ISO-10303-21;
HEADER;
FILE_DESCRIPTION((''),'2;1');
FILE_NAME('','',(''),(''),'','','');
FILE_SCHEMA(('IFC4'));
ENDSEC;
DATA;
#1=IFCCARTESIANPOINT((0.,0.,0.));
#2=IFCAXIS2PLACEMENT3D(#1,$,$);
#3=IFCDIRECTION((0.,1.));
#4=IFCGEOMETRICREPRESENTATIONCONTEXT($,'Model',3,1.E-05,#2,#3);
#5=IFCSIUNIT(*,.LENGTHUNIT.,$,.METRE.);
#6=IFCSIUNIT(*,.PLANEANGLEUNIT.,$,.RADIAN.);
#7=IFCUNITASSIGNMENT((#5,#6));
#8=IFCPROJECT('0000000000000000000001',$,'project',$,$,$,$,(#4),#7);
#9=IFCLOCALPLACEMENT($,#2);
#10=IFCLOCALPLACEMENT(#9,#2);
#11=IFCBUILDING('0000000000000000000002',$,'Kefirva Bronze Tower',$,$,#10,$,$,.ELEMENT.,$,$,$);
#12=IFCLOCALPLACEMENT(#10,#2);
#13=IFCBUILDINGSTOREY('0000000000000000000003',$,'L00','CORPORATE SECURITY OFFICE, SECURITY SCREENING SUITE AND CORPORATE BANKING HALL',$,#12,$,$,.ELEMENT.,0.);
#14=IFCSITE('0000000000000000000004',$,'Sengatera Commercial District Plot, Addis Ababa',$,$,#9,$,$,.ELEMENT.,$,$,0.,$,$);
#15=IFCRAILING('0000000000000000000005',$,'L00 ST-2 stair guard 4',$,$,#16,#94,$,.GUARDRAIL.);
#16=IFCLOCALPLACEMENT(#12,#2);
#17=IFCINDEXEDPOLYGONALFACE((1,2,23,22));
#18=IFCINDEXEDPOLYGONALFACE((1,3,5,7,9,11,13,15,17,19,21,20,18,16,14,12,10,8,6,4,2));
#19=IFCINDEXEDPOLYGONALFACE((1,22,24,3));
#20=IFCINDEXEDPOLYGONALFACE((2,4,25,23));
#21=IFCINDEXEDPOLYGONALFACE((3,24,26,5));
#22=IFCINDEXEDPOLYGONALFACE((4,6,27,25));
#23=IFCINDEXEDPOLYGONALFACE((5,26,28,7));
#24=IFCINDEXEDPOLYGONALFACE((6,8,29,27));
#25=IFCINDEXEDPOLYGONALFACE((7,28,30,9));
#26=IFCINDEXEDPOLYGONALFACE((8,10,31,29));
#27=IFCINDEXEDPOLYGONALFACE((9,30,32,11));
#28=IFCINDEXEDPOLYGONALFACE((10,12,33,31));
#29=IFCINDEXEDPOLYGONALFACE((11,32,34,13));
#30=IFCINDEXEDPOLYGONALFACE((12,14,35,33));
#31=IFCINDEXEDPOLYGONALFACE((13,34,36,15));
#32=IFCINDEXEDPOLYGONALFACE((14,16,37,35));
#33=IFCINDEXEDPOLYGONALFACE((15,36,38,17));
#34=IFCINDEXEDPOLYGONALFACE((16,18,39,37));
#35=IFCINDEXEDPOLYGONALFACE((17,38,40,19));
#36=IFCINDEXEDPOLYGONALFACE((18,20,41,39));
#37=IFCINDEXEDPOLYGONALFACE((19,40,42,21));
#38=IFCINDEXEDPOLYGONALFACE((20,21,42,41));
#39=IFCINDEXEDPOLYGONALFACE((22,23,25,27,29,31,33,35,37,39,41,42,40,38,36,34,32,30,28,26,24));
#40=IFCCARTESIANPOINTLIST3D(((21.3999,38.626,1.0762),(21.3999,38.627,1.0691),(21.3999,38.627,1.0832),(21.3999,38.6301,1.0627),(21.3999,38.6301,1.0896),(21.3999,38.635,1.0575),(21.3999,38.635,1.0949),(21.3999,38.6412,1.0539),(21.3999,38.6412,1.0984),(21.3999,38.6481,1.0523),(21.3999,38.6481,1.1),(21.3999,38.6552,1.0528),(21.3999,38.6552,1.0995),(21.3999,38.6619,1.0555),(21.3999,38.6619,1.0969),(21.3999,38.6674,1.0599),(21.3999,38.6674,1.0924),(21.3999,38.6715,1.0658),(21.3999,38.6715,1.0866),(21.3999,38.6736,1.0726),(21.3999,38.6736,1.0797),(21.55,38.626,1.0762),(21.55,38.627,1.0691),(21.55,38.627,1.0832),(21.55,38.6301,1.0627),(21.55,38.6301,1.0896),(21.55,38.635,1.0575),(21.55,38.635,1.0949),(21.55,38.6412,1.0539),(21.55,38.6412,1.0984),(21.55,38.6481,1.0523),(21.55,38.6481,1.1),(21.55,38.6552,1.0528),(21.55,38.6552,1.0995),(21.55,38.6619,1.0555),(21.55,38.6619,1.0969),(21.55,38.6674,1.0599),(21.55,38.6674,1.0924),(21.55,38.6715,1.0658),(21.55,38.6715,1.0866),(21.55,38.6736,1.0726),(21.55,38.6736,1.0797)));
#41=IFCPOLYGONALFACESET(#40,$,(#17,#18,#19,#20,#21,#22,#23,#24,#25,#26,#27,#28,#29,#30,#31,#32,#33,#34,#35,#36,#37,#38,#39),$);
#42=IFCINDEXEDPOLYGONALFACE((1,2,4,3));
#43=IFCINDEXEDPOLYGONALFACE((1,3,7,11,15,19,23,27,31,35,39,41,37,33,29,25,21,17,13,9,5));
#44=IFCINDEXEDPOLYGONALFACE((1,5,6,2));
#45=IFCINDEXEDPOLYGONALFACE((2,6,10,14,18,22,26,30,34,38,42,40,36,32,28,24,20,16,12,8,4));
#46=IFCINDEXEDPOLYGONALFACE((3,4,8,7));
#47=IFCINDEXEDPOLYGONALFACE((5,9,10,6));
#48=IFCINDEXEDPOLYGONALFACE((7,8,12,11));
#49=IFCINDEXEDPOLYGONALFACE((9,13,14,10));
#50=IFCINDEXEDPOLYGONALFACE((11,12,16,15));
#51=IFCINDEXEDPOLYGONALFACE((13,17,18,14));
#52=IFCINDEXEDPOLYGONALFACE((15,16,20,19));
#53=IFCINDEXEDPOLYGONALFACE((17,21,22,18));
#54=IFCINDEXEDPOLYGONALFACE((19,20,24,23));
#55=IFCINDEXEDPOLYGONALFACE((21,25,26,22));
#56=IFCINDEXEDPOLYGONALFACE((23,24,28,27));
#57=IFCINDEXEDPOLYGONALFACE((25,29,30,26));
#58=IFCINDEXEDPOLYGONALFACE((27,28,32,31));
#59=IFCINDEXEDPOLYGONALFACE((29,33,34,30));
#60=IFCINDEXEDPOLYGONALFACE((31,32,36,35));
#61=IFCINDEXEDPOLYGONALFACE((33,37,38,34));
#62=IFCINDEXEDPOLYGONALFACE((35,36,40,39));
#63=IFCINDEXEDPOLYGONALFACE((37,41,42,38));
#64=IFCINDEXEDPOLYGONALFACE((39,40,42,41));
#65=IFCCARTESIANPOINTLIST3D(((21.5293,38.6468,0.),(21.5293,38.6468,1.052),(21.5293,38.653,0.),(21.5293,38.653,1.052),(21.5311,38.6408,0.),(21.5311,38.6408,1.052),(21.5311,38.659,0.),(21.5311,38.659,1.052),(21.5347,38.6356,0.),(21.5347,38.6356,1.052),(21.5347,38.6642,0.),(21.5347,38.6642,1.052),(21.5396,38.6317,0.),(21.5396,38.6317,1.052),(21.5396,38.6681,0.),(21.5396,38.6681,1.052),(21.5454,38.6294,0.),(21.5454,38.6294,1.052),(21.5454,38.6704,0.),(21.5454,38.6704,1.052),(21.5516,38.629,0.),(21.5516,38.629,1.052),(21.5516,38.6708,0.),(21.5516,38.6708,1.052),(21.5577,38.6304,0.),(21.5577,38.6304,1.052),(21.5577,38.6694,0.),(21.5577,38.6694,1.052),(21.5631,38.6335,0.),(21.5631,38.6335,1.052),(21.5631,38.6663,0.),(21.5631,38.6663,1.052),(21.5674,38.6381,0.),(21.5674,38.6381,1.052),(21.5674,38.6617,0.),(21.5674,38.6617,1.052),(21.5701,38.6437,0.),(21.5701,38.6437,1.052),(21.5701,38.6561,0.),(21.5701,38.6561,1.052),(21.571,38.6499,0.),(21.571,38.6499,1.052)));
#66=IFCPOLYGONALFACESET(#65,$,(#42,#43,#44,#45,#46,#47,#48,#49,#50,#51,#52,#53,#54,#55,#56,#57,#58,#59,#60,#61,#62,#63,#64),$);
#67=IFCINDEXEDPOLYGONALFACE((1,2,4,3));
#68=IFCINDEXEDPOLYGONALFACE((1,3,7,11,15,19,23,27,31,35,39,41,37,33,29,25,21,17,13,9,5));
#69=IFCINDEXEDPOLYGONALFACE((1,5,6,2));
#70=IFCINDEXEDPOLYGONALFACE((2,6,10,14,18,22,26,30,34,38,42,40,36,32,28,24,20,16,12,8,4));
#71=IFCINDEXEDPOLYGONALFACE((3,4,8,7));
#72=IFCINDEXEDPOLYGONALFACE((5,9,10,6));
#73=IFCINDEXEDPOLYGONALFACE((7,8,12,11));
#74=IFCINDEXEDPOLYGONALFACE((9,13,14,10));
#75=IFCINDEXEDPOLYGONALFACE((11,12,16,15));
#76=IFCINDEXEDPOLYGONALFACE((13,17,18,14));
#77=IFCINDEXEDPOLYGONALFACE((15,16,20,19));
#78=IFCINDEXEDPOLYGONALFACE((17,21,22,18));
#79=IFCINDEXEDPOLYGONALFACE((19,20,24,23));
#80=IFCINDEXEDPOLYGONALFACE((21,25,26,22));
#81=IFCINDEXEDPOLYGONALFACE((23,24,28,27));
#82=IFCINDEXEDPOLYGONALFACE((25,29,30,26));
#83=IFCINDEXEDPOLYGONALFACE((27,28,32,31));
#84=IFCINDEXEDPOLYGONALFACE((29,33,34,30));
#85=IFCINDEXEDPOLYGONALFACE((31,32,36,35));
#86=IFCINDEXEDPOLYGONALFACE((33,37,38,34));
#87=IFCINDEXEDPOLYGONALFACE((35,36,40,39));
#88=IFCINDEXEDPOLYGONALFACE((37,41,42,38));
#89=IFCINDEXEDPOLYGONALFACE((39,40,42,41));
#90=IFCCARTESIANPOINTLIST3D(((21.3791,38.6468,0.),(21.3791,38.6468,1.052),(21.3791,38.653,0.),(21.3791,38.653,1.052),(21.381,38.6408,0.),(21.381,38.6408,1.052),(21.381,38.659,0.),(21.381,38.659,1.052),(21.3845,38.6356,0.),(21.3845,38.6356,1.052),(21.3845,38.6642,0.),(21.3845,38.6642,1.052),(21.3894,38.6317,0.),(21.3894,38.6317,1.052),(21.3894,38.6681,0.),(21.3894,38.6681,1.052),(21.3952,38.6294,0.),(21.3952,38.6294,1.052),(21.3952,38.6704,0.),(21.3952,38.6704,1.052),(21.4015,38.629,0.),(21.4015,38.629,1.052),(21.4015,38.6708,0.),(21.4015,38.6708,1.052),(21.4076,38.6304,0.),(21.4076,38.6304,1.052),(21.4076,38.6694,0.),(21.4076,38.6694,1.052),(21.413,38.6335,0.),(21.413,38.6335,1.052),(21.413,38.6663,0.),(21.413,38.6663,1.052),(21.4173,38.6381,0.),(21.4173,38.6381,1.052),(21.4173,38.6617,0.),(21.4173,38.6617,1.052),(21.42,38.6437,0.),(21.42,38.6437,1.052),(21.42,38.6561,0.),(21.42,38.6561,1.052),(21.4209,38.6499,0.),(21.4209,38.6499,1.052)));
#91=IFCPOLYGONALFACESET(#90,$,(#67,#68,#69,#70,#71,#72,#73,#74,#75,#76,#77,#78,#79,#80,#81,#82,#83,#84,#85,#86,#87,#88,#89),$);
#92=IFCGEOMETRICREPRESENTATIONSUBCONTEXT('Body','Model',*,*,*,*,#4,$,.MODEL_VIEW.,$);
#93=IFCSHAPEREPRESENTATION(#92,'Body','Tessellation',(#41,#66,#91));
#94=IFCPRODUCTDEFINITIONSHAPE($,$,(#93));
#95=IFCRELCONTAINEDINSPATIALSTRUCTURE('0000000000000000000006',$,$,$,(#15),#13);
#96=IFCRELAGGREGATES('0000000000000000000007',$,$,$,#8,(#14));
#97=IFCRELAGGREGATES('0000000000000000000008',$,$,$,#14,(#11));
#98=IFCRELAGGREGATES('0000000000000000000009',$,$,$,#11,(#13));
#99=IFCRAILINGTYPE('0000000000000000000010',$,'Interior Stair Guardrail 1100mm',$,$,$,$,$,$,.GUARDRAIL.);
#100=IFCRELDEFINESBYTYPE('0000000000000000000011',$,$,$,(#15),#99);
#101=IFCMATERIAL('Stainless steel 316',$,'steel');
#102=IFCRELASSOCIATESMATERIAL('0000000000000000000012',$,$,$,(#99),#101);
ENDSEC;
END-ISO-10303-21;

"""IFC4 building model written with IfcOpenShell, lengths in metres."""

from ifc_helpers import new_model, si_unit, direction, frame, origin, origin_2d, place, context, subcontext, project, spatial, circle, extrude, material, type_object, element, save


model = new_model("IFC4")

# Units and contexts
model_context = context("Model", 3, precision=1e-05, world=origin(), true_north=direction((0.0, 1.0)))
body_context = subcontext(model_context, "Body", "Model", "MODEL_VIEW")
ifc_project = project(units=[si_unit("LENGTHUNIT", "METRE"), si_unit("PLANEANGLEUNIT", "RADIAN")], contexts=[model_context])

# Site, building, storey
site_placement = place(None, origin())
site = spatial("IfcSite", under=ifc_project, at=site_placement, Name="Sengatera Commercial District Plot, Addis Ababa", CompositionType="ELEMENT", RefElevation=0.0)
building_placement = place(site_placement, origin())
building = spatial("IfcBuilding", under=site, at=building_placement, Name="Kefirva Bronze Tower", CompositionType="ELEMENT")
storey_placement = place(building_placement, origin())
storey = spatial("IfcBuildingStorey", under=building, at=storey_placement, Name="L00", Description="CORPORATE SECURITY OFFICE, SECURITY SCREENING SUITE AND CORPORATE BANKING HALL", CompositionType="ELEMENT", Elevation=0.0)

# Railing
ifc_material_1 = material(Name="Stainless steel 316", Category="steel")
railing_type_1 = type_object("IfcRailingType", Name="Interior Stair Guardrail 1100mm", PredefinedType="GUARDRAIL", material=ifc_material_1)
railing_1_placement = place(storey_placement, frame((21.55, 38.6499, 0.0)))
element("IfcRailing", 1, at=railing_1_placement, inside=storey, type_object=railing_type_1, Name="L00 ST-2 stair guard 4", PredefinedType="GUARDRAIL", context=body_context, shape_type="SweptSolid", body=[
    extrude(circle(Radius=0.0239, at=origin_2d()), frame((0.0, 0.0, 1.0762), z_axis=(-1.0, 0.0, 0.0), x_axis=(0.0, -1.0, 0.0)), (0.0, 0.0, 1.0), 0.1501),
    extrude(circle(Radius=0.021, at=origin_2d()), origin(), (0.0, 0.0, 1.0), 1.052),
    extrude(circle(Radius=0.021, at=origin_2d()), frame((-0.1501, 0.0, 0.0)), (0.0, 0.0, 1.0), 1.052),
])

save(model, "model.ifc")
